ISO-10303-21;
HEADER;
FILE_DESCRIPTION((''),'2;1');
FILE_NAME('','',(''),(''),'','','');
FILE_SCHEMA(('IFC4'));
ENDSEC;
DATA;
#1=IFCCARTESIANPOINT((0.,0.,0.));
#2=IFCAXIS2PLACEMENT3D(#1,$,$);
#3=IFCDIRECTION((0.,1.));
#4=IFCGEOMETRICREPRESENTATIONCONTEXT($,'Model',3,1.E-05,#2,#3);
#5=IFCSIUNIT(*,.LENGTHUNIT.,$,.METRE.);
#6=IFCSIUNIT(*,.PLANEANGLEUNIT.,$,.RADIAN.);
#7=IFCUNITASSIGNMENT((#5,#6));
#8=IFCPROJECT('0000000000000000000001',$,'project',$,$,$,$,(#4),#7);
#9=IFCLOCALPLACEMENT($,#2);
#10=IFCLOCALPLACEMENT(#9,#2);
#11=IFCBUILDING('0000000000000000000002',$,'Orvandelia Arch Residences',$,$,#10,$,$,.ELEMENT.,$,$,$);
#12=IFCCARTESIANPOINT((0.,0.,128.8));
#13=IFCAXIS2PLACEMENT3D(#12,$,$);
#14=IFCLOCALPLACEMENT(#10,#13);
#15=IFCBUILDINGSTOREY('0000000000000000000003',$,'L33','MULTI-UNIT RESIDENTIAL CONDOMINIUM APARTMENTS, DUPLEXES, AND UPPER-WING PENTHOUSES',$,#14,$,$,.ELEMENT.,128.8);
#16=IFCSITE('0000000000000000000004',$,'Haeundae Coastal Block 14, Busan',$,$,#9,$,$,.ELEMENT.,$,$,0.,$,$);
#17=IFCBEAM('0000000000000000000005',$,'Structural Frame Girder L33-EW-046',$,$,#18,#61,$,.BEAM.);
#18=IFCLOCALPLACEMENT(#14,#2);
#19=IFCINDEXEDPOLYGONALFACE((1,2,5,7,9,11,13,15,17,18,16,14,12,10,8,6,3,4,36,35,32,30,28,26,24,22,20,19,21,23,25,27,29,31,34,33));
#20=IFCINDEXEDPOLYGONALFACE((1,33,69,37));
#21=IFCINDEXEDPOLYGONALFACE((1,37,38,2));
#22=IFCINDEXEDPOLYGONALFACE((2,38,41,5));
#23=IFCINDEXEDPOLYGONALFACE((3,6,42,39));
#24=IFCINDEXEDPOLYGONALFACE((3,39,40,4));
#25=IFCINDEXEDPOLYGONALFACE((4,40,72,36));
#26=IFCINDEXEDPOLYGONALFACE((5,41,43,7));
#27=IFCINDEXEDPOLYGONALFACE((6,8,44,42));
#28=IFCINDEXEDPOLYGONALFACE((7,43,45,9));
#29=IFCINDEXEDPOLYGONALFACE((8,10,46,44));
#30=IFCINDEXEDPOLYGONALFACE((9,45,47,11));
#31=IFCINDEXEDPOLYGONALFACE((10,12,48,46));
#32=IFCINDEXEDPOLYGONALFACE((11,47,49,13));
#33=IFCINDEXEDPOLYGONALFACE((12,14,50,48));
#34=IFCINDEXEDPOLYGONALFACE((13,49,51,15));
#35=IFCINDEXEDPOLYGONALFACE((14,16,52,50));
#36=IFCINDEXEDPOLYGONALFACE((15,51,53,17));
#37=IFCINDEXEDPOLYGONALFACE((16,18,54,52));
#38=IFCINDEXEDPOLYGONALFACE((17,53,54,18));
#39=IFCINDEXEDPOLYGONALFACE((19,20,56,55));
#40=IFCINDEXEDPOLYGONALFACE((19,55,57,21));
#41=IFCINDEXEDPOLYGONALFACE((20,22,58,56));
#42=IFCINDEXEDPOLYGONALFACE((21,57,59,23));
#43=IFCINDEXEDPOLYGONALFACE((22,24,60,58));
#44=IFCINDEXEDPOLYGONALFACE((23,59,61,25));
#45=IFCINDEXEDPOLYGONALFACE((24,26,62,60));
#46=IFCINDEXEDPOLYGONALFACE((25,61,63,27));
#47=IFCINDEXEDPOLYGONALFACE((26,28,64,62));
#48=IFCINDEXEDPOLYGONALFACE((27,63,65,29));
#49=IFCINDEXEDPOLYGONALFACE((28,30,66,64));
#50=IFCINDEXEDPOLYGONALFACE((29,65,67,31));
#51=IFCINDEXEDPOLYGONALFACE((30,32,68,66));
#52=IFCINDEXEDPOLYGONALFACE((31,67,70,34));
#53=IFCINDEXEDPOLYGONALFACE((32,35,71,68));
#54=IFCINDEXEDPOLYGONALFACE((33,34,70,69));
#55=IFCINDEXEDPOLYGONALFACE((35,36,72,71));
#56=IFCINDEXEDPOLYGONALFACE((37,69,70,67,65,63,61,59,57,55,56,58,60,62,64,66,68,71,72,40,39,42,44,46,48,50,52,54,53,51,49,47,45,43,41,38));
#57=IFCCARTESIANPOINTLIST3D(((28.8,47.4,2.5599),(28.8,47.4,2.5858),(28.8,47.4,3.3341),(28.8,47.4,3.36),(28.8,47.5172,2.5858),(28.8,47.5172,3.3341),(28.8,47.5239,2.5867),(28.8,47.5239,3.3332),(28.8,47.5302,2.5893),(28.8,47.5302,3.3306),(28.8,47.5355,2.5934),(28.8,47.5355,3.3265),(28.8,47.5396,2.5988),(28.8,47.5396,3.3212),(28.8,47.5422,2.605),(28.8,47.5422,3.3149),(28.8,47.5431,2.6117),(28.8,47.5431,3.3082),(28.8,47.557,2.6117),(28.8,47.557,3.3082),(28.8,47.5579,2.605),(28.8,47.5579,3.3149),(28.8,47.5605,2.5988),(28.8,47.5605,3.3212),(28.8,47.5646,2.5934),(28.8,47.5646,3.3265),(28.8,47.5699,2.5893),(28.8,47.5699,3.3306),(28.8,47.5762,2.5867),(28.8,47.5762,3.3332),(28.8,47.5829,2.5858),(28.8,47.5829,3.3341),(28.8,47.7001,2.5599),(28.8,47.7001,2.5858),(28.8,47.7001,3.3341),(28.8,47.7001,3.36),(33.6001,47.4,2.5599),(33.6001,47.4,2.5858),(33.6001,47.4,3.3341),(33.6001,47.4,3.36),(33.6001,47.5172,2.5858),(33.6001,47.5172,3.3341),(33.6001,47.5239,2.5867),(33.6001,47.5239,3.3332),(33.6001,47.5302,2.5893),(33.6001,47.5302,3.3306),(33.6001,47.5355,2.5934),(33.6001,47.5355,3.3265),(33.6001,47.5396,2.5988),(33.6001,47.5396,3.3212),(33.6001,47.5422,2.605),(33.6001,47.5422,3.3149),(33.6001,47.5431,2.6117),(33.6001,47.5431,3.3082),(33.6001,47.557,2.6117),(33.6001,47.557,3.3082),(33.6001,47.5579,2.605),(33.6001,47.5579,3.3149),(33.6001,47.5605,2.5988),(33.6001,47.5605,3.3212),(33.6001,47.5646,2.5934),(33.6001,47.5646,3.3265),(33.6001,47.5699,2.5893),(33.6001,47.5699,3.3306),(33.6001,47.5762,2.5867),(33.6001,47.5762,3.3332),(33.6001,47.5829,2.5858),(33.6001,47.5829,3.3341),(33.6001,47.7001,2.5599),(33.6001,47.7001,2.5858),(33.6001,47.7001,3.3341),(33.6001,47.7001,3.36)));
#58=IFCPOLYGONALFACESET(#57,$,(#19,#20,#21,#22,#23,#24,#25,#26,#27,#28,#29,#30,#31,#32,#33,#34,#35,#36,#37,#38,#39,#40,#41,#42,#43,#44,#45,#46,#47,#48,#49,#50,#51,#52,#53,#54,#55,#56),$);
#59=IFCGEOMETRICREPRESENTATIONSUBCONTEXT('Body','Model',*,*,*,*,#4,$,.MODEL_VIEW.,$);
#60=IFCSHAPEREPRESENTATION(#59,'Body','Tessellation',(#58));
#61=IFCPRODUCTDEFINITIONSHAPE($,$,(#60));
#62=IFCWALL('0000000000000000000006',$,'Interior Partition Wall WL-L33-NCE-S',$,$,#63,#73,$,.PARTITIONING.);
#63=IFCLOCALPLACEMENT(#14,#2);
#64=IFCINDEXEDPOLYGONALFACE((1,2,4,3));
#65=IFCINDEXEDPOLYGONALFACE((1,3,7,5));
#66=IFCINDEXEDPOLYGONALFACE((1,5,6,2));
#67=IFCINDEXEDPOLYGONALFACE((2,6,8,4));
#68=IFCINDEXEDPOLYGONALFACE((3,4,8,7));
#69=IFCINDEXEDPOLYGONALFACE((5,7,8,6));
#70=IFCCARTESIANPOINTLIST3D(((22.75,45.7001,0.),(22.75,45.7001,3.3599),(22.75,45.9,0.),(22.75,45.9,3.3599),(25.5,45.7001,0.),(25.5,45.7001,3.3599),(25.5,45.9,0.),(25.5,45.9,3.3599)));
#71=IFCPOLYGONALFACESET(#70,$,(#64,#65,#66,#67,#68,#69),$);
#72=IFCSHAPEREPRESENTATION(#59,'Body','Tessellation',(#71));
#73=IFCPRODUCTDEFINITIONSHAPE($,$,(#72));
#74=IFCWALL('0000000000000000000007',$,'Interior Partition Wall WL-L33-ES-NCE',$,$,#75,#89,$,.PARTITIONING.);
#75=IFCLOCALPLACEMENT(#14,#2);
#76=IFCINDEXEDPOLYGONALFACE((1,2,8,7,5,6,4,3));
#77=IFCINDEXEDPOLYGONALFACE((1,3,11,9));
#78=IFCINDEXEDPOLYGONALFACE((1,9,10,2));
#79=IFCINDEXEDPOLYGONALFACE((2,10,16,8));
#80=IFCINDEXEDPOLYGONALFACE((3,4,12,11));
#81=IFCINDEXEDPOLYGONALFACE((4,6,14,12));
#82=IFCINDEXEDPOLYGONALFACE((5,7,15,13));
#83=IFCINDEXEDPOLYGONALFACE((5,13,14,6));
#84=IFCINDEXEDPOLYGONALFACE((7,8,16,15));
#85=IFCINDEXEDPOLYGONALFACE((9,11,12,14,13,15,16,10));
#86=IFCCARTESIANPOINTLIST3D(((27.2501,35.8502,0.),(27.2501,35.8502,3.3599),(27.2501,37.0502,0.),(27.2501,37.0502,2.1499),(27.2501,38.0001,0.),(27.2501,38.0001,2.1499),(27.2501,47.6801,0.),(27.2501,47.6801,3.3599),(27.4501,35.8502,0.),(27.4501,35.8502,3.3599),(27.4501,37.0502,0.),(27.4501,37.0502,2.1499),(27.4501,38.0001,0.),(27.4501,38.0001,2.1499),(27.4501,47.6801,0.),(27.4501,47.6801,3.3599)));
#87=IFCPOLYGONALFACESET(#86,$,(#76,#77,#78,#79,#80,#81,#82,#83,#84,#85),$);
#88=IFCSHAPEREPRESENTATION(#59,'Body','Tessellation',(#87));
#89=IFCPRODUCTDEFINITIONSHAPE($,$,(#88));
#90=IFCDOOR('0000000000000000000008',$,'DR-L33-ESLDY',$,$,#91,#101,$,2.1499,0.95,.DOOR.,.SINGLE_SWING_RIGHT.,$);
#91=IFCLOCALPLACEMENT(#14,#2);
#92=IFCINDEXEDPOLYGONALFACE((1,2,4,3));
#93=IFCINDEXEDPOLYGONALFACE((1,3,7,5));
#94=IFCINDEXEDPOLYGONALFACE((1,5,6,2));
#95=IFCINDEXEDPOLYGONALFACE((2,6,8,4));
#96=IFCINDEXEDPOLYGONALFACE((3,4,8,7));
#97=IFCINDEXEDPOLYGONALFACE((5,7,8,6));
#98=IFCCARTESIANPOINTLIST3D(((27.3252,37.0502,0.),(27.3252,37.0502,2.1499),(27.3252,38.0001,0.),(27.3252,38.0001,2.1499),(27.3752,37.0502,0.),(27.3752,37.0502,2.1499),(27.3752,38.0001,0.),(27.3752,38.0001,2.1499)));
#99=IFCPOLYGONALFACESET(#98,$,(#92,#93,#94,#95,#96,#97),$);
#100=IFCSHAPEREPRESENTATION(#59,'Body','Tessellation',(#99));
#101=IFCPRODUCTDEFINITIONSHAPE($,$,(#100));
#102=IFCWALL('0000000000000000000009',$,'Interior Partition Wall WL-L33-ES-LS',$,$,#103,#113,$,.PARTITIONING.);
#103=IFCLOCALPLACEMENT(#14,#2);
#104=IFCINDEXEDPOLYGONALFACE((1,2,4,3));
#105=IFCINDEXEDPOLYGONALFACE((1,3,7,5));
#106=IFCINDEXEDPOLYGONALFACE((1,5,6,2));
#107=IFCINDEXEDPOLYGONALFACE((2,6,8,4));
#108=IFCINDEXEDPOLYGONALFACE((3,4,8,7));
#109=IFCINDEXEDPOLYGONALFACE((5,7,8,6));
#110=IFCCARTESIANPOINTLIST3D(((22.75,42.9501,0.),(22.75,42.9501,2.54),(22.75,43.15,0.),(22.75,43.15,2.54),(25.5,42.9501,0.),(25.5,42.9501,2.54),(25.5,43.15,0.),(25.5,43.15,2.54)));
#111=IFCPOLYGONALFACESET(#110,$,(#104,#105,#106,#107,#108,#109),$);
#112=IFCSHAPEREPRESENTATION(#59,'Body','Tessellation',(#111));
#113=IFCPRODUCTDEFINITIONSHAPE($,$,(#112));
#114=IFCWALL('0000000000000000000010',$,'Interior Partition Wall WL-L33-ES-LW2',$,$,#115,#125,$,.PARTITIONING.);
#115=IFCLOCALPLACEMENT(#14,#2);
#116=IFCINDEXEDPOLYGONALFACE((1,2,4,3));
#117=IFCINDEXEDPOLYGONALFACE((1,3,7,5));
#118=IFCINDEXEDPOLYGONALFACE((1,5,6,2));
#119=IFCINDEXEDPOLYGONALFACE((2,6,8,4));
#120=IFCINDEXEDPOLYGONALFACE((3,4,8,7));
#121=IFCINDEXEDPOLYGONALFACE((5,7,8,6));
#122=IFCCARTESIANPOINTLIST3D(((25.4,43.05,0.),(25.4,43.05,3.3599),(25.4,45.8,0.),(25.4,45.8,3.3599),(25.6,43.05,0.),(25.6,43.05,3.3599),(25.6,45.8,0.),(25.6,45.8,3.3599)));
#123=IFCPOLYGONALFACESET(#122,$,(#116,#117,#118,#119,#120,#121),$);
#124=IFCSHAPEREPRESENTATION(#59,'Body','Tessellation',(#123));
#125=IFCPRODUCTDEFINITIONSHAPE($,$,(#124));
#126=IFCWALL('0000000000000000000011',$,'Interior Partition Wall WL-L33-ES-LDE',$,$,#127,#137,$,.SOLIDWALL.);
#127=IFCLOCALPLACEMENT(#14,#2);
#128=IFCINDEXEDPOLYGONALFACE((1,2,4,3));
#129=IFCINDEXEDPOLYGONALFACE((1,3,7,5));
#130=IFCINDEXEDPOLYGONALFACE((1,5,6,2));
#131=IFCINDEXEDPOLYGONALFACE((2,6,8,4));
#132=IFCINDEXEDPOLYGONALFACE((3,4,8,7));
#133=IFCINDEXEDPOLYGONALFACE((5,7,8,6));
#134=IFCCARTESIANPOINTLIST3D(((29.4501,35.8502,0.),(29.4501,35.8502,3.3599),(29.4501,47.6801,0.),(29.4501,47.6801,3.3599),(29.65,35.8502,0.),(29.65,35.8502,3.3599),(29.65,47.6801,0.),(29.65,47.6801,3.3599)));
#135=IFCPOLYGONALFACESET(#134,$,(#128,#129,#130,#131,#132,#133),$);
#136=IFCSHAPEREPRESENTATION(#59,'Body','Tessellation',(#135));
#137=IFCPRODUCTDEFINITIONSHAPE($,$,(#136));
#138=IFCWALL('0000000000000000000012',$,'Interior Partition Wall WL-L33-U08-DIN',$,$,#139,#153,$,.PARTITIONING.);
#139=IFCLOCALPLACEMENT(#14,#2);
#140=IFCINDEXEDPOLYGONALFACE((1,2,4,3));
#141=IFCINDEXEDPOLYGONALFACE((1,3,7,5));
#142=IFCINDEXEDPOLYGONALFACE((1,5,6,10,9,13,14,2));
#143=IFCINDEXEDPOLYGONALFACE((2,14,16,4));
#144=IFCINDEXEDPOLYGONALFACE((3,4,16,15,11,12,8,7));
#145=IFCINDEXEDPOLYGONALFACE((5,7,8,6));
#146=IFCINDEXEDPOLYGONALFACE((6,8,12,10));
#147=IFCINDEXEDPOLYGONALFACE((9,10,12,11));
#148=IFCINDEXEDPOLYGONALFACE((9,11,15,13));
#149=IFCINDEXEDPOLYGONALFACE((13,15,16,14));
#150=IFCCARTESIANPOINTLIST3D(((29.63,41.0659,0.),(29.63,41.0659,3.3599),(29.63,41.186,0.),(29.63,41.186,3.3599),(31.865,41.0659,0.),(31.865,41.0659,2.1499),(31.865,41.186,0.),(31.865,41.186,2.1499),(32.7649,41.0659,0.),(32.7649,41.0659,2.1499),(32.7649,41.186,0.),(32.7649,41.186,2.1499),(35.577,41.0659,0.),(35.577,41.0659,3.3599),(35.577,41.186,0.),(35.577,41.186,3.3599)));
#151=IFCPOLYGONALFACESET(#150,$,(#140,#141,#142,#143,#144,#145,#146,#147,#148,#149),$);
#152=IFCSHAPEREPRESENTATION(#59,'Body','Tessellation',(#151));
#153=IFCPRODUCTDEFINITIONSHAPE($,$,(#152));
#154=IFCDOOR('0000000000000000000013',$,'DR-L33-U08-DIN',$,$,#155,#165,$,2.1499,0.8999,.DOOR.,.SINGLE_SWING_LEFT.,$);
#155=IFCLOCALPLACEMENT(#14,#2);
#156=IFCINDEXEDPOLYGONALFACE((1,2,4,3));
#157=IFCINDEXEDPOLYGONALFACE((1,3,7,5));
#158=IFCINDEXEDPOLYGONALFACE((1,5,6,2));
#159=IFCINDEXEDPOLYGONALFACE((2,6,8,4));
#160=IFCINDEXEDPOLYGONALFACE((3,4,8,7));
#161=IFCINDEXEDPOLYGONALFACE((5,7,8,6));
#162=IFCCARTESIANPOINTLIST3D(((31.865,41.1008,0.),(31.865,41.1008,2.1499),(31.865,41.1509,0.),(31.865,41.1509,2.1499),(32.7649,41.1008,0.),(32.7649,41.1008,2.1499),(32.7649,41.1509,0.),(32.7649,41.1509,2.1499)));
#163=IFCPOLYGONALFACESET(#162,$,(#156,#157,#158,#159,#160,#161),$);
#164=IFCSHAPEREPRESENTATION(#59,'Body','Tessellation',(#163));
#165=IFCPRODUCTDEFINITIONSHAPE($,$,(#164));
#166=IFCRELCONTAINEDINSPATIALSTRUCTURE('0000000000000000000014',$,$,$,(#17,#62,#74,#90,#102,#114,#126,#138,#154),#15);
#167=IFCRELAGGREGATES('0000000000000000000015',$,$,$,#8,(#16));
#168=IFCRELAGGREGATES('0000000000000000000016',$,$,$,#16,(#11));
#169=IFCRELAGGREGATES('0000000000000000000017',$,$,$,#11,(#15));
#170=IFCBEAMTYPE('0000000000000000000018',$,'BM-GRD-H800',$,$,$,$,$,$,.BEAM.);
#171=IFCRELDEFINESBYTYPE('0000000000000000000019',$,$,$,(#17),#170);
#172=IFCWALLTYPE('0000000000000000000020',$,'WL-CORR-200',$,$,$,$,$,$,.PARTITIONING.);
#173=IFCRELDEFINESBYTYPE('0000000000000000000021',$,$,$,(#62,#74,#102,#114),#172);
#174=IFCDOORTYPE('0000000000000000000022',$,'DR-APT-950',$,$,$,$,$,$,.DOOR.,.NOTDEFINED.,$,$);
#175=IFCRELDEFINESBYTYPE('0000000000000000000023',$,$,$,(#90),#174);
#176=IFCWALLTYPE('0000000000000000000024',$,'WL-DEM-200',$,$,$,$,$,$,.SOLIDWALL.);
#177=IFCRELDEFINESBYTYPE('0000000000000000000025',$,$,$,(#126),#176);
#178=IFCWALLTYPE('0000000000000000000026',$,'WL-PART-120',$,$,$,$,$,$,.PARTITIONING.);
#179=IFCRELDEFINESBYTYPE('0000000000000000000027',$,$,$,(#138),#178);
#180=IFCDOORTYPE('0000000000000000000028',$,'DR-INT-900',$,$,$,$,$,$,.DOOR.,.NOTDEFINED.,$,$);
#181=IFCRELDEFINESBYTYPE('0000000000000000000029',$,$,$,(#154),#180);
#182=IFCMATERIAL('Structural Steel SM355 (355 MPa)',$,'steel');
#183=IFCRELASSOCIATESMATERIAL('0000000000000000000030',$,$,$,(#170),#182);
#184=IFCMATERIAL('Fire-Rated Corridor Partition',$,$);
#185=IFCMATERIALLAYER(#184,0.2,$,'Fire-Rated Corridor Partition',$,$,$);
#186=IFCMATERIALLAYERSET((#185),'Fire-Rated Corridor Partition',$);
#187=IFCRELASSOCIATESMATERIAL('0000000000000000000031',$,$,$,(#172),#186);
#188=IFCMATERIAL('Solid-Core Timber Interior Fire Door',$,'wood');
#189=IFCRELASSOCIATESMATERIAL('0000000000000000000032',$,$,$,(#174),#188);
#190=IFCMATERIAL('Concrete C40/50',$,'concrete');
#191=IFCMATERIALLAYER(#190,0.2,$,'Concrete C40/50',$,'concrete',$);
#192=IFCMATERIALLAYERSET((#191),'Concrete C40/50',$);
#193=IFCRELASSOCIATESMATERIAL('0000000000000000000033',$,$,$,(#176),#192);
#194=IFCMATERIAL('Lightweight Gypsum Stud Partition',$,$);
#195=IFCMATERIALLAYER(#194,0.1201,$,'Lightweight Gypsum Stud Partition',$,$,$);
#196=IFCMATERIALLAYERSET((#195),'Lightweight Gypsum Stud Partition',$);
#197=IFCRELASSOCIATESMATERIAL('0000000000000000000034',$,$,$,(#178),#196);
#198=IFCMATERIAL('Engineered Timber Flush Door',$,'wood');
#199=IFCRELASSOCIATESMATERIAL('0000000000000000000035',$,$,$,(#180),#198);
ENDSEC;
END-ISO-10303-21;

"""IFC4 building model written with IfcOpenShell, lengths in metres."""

from ifc_helpers import new_model, si_unit, direction, frame, frame_2d, origin, origin_2d, place, context, subcontext, project, spatial, rectangle, i_section, extrude, material, layer, layer_set, material_profile, profile_set, type_object, element, fill, save


model = new_model("IFC4")

# Units and contexts
model_context = context("Model", 3, precision=1e-05, world=origin(), true_north=direction((0.0, 1.0)))
body_context = subcontext(model_context, "Body", "Model", "MODEL_VIEW")
ifc_project = project(units=[si_unit("LENGTHUNIT", "METRE"), si_unit("PLANEANGLEUNIT", "RADIAN")], contexts=[model_context])

# Site, building, storey
site_placement = place(None, origin())
site = spatial("IfcSite", under=ifc_project, at=site_placement, Name="Haeundae Coastal Block 14, Busan", CompositionType="ELEMENT", RefElevation=0.0)
building_placement = place(site_placement, origin())
building = spatial("IfcBuilding", under=site, at=building_placement, Name="Orvandelia Arch Residences", CompositionType="ELEMENT")
storey_placement = place(building_placement, frame((0.0, 0.0, 128.8)))
storey = spatial("IfcBuildingStorey", under=building, at=storey_placement, Name="L33", Description="MULTI-UNIT RESIDENTIAL CONDOMINIUM APARTMENTS, DUPLEXES, AND UPPER-WING PENTHOUSES", CompositionType="ELEMENT", Elevation=128.8)

# Beam
ifc_material_1 = material(Name="Structural Steel SM355 (355 MPa)", Category="steel")
ifc_material_profile_1 = material_profile(ifc_material_1, i_section(OverallWidth=0.3, OverallDepth=0.8, WebThickness=0.0139, FlangeThickness=0.0259, FilletRadius=0.0259, at=origin_2d()), Name="Structural Steel SM355 (355 MPa)", Category="steel")
ifc_profile_set_1 = profile_set([ifc_material_profile_1], Name="Structural Steel SM355 (355 MPa)")
beam_type = type_object("IfcBeamType", Name="BM-GRD-H800", PredefinedType="BEAM", material=ifc_profile_set_1)
beam_1_placement = place(storey_placement, frame((28.8, 47.55, 2.96), z_axis=(1.0, 0.0, 0.0), x_axis=(0.0, 1.0, 0.0)))
element("IfcBeam", 1, at=beam_1_placement, inside=storey, type_object=beam_type, Name="Structural Frame Girder L33-EW-046", PredefinedType="BEAM", context=body_context, shape_type="SweptSolid", body=[
    extrude(i_section(OverallWidth=0.3, OverallDepth=0.8, WebThickness=0.0139, FlangeThickness=0.0259, FilletRadius=0.0259, at=origin_2d()), origin(), (0.0, 0.0, 1.0), 4.8),
])

# Wall
ifc_material_2 = material(Name="Fire-Rated Corridor Partition")
ifc_layer_1 = layer(ifc_material_2, 0.2, Name="Fire-Rated Corridor Partition")
ifc_layer_set_1 = layer_set([ifc_layer_1], Name="Fire-Rated Corridor Partition")
wall_type_1 = type_object("IfcWallType", Name="WL-CORR-200", PredefinedType="PARTITIONING", material=ifc_layer_set_1)
wall_1_placement = place(storey_placement, frame((22.75, 45.8, 0.0), z_axis=(0.0, 0.0, 1.0), x_axis=(1.0, 0.0, 0.0)))
element("IfcWall", 2, at=wall_1_placement, inside=storey, type_object=wall_type_1, Name="Interior Partition Wall WL-L33-NCE-S", PredefinedType="PARTITIONING", context=body_context, shape_type="SweptSolid", body=[
    extrude(rectangle(XDim=2.75, YDim=0.2, at=frame_2d((1.375, 0.0))), origin(), (0.0, 0.0, 1.0), 3.3599),
])

# Wall, opening, door
wall_2_placement = place(storey_placement, frame((27.3501, 35.8501, 0.0), z_axis=(0.0, 0.0, 1.0), x_axis=(0.0, 1.0, 0.0)))
wall_2 = element("IfcWall", 3, at=wall_2_placement, inside=storey, type_object=wall_type_1, Name="Interior Partition Wall WL-L33-ES-NCE", PredefinedType="PARTITIONING", context=body_context, shape_type="SweptSolid", body=[
    extrude(rectangle(XDim=11.8298, YDim=0.2, at=frame_2d((5.915, 0.0))), origin(), (0.0, 0.0, 1.0), 3.3599),
])
opening_1_placement = place(wall_2_placement, frame((1.2, 0.0, 0.0)))
opening_1 = element("IfcOpeningElement", 4, at=opening_1_placement, cuts=wall_2, PredefinedType="OPENING", context=body_context, shape_type="SweptSolid", body=[
    extrude(rectangle(XDim=0.95, YDim=2.1499, at=frame_2d((0.4751, 1.075))), frame((0.0, 0.1099, 0.0), z_axis=(0.0, -1.0, 0.0), x_axis=(1.0, 0.0, 0.0)), (0.0, 0.0, 1.0), 0.22),
])
ifc_material_3 = material(Name="Solid-Core Timber Interior Fire Door", Category="wood")
door_type_1 = type_object("IfcDoorType", Name="DR-APT-950", OperationType="NOTDEFINED", PredefinedType="DOOR", material=ifc_material_3)
door_1_placement = place(opening_1_placement, origin())
door_1 = element("IfcDoor", 5, at=door_1_placement, inside=storey, type_object=door_type_1, Name="DR-L33-ESLDY", OperationType="SINGLE_SWING_RIGHT", OverallHeight=2.1499, OverallWidth=0.95, PredefinedType="DOOR", context=body_context, shape_type="SweptSolid", body=[
    extrude(rectangle(XDim=0.95, YDim=2.1499, at=frame_2d((0.4751, 1.075))), frame((0.0, 0.0249, 0.0), z_axis=(0.0, -1.0, 0.0), x_axis=(1.0, 0.0, 0.0)), (0.0, 0.0, 1.0), 0.05),
])
fill(opening_1, door_1)

# Walls
wall_3_placement = place(storey_placement, frame((22.75, 43.05, 0.0), z_axis=(0.0, 0.0, 1.0), x_axis=(1.0, 0.0, 0.0)))
element("IfcWall", 6, at=wall_3_placement, inside=storey, type_object=wall_type_1, Name="Interior Partition Wall WL-L33-ES-LS", PredefinedType="PARTITIONING", context=body_context, shape_type="SweptSolid", body=[
    extrude(rectangle(XDim=2.75, YDim=0.2, at=frame_2d((1.375, 0.0))), origin(), (0.0, 0.0, 1.0), 2.54),
])
wall_4_placement = place(storey_placement, frame((25.5, 43.05, 0.0), z_axis=(0.0, 0.0, 1.0), x_axis=(0.0, 1.0, 0.0)))
element("IfcWall", 7, at=wall_4_placement, inside=storey, type_object=wall_type_1, Name="Interior Partition Wall WL-L33-ES-LW2", PredefinedType="PARTITIONING", context=body_context, shape_type="SweptSolid", body=[
    extrude(rectangle(XDim=2.75, YDim=0.2, at=frame_2d((1.375, 0.0))), origin(), (0.0, 0.0, 1.0), 3.3599),
])
ifc_material_4 = material(Name="Concrete C40/50", Category="concrete")
ifc_layer_2 = layer(ifc_material_4, 0.2, Name="Concrete C40/50", Category="concrete")
ifc_layer_set_2 = layer_set([ifc_layer_2], Name="Concrete C40/50")
wall_type_2 = type_object("IfcWallType", Name="WL-DEM-200", PredefinedType="SOLIDWALL", material=ifc_layer_set_2)
wall_5_placement = place(storey_placement, frame((29.55, 35.8501, 0.0), z_axis=(0.0, 0.0, 1.0), x_axis=(0.0, 1.0, 0.0)))
element("IfcWall", 8, at=wall_5_placement, inside=storey, type_object=wall_type_2, Name="Interior Partition Wall WL-L33-ES-LDE", PredefinedType="SOLIDWALL", context=body_context, shape_type="SweptSolid", body=[
    extrude(rectangle(XDim=11.8298, YDim=0.2, at=frame_2d((5.915, 0.0))), origin(), (0.0, 0.0, 1.0), 3.3599),
])

# Wall, opening, door
ifc_material_5 = material(Name="Lightweight Gypsum Stud Partition")
ifc_layer_3 = layer(ifc_material_5, 0.1201, Name="Lightweight Gypsum Stud Partition")
ifc_layer_set_3 = layer_set([ifc_layer_3], Name="Lightweight Gypsum Stud Partition")
wall_type_3 = type_object("IfcWallType", Name="WL-PART-120", PredefinedType="PARTITIONING", material=ifc_layer_set_3)
wall_6_placement = place(storey_placement, frame((29.6299, 41.126, 0.0), z_axis=(0.0, 0.0, 1.0), x_axis=(1.0, 0.0, 0.0)))
wall_6 = element("IfcWall", 9, at=wall_6_placement, inside=storey, type_object=wall_type_3, Name="Interior Partition Wall WL-L33-U08-DIN", PredefinedType="PARTITIONING", context=body_context, shape_type="SweptSolid", body=[
    extrude(rectangle(XDim=5.947, YDim=0.1201, at=frame_2d((2.9736, 0.0))), origin(), (0.0, 0.0, 1.0), 3.3599),
])
opening_2_placement = place(wall_6_placement, frame((2.2351, 0.0, 0.0)))
opening_2 = element("IfcOpeningElement", 10, at=opening_2_placement, cuts=wall_6, PredefinedType="OPENING", context=body_context, shape_type="SweptSolid", body=[
    extrude(rectangle(XDim=0.8999, YDim=2.1499, at=frame_2d((0.45, 1.075))), frame((0.0, 0.0701, 0.0), z_axis=(0.0, -1.0, 0.0), x_axis=(1.0, 0.0, 0.0)), (0.0, 0.0, 1.0), 0.1401),
])
ifc_material_6 = material(Name="Engineered Timber Flush Door", Category="wood")
door_type_2 = type_object("IfcDoorType", Name="DR-INT-900", OperationType="NOTDEFINED", PredefinedType="DOOR", material=ifc_material_6)
door_2_placement = place(opening_2_placement, origin())
door_2 = element("IfcDoor", 11, at=door_2_placement, inside=storey, type_object=door_type_2, Name="DR-L33-U08-DIN", OperationType="SINGLE_SWING_LEFT", OverallHeight=2.1499, OverallWidth=0.8999, PredefinedType="DOOR", context=body_context, shape_type="SweptSolid", body=[
    extrude(rectangle(XDim=0.8999, YDim=2.1499, at=frame_2d((0.45, 1.075))), frame((0.0, 0.0249, 0.0), z_axis=(0.0, -1.0, 0.0), x_axis=(1.0, 0.0, 0.0)), (0.0, 0.0, 1.0), 0.05),
])
fill(opening_2, door_2)

save(model, "model.ifc")
